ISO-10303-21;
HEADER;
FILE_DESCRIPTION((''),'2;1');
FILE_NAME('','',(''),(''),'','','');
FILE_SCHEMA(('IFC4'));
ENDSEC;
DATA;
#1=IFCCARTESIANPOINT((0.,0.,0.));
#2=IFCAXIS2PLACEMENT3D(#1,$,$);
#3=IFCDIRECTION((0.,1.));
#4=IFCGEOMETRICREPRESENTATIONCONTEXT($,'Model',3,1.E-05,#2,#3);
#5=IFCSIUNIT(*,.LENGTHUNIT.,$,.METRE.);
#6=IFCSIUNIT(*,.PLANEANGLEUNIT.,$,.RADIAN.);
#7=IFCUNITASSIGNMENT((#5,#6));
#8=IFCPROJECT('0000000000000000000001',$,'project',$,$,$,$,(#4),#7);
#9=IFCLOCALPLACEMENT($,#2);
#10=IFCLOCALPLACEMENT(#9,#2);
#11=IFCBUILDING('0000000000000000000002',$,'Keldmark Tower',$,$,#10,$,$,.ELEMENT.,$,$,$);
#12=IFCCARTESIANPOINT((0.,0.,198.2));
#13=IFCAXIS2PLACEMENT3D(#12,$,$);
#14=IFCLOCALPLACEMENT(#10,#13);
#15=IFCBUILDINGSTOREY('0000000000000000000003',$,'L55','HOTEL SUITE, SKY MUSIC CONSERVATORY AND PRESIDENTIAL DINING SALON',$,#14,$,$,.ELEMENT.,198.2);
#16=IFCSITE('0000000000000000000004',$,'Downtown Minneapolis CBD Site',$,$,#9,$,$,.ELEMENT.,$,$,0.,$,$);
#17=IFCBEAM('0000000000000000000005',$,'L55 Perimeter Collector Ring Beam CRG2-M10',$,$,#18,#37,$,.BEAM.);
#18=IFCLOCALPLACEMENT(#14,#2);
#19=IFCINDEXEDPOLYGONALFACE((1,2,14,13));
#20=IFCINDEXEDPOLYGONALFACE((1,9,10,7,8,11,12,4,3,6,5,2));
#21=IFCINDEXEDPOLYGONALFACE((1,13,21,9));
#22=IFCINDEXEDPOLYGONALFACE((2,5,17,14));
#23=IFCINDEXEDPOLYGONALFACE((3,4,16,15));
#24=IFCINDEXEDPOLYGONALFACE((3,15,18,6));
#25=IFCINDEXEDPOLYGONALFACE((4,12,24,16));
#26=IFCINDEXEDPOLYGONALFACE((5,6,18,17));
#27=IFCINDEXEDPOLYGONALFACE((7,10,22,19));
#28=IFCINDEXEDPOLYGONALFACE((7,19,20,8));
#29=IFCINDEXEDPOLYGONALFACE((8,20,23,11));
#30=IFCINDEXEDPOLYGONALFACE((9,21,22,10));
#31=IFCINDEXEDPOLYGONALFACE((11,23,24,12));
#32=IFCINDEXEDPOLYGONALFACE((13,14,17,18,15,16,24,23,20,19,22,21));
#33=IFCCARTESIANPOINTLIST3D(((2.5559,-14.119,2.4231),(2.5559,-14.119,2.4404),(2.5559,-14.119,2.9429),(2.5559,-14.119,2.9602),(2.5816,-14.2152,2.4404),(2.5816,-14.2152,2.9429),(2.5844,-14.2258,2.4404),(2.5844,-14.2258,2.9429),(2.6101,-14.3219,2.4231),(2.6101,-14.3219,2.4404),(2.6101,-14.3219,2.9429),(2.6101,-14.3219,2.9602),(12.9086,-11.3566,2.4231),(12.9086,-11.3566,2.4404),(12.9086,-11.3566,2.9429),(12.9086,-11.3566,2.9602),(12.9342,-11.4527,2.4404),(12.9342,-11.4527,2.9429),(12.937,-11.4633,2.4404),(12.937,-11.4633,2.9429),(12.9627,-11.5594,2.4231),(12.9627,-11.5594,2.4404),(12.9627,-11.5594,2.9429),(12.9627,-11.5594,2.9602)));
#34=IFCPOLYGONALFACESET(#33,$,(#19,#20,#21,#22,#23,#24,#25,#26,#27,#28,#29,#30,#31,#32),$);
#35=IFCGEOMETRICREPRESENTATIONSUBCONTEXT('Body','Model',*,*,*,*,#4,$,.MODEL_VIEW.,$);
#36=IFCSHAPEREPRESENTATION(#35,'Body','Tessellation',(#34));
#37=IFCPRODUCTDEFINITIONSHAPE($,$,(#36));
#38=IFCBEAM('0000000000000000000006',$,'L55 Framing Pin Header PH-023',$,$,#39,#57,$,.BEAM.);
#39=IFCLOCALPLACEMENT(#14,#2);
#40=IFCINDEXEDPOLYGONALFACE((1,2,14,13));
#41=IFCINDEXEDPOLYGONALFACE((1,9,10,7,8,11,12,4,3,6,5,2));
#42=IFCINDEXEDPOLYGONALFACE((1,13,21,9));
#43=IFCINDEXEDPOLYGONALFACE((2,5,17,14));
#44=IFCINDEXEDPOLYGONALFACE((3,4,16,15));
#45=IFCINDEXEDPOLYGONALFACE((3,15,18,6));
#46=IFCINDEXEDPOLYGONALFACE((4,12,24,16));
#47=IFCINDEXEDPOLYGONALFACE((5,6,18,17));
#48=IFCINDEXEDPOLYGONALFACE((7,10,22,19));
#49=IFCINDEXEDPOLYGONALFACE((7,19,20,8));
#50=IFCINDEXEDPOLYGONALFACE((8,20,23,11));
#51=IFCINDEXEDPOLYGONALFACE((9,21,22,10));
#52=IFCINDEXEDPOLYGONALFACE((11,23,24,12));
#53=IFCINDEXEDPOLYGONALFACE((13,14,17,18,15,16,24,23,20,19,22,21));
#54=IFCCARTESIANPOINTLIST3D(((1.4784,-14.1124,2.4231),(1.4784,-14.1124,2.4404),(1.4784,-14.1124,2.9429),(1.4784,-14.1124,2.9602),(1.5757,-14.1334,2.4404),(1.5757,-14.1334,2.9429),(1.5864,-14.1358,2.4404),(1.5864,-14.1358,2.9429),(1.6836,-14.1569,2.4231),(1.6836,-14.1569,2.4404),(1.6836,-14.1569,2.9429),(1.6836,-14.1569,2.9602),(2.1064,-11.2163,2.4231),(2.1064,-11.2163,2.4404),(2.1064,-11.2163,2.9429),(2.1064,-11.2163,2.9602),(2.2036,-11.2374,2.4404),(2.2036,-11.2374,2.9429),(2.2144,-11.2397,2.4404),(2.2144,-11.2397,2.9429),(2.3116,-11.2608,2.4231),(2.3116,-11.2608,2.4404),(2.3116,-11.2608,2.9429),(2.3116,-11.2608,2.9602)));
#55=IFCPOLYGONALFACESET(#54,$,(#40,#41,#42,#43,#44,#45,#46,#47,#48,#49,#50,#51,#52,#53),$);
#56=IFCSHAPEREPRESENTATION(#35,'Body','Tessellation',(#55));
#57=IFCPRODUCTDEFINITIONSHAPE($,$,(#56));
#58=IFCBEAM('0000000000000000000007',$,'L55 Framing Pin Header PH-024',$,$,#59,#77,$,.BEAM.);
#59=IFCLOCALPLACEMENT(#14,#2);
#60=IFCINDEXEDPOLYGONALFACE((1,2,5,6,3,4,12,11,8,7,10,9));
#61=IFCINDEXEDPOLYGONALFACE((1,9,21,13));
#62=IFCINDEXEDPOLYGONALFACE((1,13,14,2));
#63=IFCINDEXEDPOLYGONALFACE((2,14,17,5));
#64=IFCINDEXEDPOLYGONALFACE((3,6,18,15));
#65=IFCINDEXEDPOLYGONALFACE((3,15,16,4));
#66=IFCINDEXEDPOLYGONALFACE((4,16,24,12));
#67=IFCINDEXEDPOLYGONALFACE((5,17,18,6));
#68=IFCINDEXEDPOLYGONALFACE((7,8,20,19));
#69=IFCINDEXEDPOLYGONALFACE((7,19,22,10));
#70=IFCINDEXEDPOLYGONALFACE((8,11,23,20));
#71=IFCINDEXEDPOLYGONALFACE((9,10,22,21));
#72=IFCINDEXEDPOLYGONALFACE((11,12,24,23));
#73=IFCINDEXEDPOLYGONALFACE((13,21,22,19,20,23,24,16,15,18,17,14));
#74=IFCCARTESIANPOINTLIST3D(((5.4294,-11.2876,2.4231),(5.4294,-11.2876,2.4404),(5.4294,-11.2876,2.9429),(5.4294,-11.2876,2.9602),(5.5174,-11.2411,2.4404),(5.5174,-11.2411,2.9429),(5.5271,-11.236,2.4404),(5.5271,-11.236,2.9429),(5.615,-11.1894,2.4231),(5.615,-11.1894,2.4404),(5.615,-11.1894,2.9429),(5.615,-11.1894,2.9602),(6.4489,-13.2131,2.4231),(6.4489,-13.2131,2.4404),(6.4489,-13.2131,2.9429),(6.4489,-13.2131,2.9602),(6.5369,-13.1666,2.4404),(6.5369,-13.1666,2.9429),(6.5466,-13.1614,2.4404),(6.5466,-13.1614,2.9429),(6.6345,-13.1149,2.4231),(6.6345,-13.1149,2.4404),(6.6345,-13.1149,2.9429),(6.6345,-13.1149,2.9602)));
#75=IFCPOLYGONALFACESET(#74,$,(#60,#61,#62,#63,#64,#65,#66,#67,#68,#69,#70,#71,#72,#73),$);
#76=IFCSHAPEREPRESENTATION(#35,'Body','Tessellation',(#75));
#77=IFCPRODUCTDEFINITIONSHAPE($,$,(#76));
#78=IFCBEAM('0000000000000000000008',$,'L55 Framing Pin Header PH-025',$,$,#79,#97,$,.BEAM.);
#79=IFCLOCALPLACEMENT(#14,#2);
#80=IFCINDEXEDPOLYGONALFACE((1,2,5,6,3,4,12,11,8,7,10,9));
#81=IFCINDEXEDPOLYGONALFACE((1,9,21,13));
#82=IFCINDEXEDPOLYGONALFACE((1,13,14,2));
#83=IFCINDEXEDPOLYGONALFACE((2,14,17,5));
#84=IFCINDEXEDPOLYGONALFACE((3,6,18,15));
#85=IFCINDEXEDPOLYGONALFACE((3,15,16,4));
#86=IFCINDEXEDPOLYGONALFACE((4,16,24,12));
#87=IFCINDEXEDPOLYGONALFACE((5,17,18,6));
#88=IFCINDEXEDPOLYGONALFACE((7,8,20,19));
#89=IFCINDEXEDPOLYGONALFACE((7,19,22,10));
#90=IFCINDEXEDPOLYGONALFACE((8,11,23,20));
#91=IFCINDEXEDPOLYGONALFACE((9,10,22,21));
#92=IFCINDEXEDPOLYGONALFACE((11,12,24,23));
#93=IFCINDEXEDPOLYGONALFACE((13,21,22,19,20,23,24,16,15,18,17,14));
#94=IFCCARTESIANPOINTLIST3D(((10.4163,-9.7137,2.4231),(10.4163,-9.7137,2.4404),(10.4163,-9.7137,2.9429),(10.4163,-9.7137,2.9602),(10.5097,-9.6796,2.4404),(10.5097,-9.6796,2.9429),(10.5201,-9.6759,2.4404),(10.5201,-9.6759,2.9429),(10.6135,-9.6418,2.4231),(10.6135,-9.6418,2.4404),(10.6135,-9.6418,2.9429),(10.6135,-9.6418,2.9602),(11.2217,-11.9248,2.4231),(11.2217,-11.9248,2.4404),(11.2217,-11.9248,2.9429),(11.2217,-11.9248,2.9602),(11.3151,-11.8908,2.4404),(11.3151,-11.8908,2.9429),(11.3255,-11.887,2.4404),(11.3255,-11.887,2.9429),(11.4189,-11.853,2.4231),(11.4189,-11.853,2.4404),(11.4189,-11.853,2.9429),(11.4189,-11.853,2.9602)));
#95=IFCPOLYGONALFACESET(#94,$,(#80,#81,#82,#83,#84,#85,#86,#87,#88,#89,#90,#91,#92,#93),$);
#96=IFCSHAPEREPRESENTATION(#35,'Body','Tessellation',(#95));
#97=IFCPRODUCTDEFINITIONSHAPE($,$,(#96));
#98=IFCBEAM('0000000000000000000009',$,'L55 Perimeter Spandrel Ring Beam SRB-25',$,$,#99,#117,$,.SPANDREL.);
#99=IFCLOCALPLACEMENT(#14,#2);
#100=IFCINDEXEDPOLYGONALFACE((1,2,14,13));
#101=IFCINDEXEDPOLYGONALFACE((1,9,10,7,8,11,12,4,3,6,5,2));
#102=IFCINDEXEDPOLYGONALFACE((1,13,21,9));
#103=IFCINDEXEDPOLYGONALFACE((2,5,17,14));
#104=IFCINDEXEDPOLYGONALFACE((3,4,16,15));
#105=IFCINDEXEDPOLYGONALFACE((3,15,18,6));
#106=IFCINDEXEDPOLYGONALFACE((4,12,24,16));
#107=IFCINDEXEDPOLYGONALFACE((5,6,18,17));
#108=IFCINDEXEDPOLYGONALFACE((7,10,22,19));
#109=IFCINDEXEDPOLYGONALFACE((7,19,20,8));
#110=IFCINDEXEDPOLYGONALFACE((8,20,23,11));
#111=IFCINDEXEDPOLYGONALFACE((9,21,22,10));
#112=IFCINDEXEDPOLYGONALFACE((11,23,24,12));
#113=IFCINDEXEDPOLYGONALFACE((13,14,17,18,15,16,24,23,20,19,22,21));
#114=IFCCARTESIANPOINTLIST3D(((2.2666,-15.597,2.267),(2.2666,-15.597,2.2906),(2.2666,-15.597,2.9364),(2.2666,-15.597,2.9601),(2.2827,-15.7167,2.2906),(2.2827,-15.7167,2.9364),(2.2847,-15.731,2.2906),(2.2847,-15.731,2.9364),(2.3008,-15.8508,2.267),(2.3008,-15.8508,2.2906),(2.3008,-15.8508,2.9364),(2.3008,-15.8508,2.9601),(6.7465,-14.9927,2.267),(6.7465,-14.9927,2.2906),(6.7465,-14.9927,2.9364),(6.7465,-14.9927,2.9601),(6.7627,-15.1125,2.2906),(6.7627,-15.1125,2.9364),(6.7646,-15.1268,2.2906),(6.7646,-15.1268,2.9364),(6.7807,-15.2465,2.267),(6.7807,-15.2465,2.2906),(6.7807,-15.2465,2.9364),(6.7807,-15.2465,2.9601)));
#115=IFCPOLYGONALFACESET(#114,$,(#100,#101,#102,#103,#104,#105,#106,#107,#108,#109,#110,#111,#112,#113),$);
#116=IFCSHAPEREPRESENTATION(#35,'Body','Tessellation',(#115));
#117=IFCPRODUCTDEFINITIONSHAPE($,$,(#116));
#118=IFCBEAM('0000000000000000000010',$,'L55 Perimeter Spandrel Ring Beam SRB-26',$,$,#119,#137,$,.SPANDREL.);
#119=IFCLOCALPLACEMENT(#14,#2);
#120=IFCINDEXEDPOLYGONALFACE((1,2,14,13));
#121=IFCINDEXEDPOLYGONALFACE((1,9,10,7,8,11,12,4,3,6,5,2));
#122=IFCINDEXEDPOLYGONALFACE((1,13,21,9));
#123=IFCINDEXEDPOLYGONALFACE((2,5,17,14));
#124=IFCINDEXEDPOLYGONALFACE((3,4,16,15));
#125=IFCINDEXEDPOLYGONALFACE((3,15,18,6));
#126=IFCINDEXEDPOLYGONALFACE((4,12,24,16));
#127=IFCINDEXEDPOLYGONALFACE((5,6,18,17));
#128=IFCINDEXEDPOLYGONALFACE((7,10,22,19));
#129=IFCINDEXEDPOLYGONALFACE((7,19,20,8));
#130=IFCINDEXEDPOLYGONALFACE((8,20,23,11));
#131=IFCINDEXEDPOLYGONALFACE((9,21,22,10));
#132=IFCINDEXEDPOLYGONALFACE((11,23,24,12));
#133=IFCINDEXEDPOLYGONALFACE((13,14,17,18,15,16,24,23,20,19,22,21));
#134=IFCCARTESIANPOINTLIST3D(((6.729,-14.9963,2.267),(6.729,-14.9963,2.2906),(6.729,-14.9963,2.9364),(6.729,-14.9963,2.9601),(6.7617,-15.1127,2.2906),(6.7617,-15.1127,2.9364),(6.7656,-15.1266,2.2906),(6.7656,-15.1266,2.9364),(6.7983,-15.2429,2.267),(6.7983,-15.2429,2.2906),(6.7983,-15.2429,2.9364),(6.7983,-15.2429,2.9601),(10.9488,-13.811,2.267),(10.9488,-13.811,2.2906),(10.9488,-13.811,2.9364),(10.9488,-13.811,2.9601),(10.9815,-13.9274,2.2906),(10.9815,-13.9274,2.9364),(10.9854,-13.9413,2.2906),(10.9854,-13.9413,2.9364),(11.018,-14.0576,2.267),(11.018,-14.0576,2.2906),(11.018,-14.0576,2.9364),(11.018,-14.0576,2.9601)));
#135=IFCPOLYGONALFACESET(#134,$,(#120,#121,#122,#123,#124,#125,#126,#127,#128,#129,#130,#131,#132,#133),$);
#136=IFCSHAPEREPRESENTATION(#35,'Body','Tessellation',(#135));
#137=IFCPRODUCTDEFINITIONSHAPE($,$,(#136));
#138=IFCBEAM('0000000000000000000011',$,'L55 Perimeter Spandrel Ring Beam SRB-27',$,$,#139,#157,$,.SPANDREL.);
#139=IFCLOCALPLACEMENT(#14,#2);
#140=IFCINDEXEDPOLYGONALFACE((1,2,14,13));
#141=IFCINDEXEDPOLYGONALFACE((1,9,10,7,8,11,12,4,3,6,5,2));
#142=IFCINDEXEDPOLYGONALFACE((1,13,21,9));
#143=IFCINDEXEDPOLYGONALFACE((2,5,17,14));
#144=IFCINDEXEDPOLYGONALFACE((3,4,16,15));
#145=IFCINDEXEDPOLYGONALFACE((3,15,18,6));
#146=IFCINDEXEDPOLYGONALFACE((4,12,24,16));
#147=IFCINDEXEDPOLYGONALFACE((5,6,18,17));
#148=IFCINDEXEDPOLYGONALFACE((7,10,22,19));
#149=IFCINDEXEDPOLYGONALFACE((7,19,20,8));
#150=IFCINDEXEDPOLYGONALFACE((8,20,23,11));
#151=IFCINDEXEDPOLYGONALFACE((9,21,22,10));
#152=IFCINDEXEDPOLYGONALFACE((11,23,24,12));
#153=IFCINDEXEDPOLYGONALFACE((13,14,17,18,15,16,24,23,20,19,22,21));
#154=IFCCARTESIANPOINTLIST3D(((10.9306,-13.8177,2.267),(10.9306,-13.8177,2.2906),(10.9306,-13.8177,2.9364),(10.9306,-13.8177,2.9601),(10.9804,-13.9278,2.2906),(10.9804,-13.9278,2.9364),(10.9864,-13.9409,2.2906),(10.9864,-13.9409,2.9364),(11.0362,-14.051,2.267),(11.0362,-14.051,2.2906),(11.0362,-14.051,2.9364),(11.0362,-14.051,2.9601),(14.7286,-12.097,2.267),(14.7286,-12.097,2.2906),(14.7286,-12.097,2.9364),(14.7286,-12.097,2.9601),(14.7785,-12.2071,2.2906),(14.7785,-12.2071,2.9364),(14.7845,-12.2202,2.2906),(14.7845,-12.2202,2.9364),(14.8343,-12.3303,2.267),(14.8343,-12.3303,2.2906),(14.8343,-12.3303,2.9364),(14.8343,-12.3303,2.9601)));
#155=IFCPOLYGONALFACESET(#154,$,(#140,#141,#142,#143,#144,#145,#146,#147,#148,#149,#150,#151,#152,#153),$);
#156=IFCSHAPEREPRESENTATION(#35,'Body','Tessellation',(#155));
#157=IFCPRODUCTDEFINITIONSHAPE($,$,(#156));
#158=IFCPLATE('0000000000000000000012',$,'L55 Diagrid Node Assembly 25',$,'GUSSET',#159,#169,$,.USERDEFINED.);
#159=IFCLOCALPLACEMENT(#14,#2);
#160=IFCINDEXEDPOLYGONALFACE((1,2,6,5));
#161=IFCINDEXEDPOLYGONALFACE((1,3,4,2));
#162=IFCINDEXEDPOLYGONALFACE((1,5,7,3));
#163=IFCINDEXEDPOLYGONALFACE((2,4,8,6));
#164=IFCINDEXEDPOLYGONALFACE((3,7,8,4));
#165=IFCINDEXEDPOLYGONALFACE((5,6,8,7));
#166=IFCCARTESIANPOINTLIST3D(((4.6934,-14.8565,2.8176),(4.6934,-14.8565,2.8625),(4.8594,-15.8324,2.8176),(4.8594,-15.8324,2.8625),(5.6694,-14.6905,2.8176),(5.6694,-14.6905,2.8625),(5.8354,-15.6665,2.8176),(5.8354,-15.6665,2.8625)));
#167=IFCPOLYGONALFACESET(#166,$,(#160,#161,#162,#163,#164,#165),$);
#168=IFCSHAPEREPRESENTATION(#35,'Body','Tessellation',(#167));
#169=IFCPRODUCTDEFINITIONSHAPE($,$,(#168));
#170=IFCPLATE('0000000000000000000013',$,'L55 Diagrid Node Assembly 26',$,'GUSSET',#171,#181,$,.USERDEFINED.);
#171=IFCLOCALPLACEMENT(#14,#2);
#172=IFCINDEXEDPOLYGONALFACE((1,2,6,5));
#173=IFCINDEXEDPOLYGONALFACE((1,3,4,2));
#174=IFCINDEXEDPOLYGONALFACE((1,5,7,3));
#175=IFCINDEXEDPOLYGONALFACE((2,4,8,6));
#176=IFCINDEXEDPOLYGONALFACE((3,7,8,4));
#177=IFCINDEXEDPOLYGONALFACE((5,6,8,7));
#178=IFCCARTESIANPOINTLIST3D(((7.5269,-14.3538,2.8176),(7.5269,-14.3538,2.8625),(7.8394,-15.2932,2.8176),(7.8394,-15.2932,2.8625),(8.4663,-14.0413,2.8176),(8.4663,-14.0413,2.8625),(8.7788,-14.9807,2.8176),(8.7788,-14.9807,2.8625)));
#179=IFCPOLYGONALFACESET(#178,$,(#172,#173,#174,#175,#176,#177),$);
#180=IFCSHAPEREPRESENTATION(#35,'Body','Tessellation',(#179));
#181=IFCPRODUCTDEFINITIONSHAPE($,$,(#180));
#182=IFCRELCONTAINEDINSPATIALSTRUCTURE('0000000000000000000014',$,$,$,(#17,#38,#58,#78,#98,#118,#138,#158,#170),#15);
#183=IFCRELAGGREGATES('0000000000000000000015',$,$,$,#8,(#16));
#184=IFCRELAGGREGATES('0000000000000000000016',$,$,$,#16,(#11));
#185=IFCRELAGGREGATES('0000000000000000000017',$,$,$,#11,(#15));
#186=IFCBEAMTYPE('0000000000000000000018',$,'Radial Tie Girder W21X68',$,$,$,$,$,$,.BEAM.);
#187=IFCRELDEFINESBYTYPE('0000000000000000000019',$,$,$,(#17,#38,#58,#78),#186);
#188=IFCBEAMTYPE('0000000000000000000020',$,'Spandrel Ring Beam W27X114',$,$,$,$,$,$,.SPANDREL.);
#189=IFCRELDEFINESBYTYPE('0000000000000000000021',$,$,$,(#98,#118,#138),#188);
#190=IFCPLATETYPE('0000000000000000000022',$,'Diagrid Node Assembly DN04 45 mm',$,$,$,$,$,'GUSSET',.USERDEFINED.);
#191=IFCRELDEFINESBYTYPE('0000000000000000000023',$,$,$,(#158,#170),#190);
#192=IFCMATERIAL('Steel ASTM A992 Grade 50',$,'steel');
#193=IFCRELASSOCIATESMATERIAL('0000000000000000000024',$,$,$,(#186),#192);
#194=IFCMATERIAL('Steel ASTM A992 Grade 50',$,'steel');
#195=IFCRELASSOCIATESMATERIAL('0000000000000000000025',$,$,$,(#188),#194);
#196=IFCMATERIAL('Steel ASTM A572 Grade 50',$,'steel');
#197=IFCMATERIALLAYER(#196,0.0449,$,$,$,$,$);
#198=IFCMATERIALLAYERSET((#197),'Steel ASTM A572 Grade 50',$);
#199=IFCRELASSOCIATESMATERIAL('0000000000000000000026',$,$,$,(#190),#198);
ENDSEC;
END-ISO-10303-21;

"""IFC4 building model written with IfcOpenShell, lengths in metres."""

from ifc_helpers import new_model, si_unit, direction, frame, origin, origin_2d, place, context, subcontext, project, spatial, rectangle, i_section, extrude, material, layer, layer_set, material_profile, profile_set, type_object, element, save


model = new_model("IFC4")

# Units and contexts
model_context = context("Model", 3, precision=1e-05, world=origin(), true_north=direction((0.0, 1.0)))
body_context = subcontext(model_context, "Body", "Model", "MODEL_VIEW")
ifc_project = project(units=[si_unit("LENGTHUNIT", "METRE"), si_unit("PLANEANGLEUNIT", "RADIAN")], contexts=[model_context])

# Site, building, storey
site_placement = place(None, origin())
site = spatial("IfcSite", under=ifc_project, at=site_placement, Name="Downtown Minneapolis CBD Site", CompositionType="ELEMENT", RefElevation=0.0)
building_placement = place(site_placement, origin())
building = spatial("IfcBuilding", under=site, at=building_placement, Name="Keldmark Tower", CompositionType="ELEMENT")
storey_placement = place(building_placement, frame((0.0, 0.0, 198.2)))
storey = spatial("IfcBuildingStorey", under=building, at=storey_placement, Name="L55", Description="HOTEL SUITE, SKY MUSIC CONSERVATORY AND PRESIDENTIAL DINING SALON", CompositionType="ELEMENT", Elevation=198.2)

# Beams
ifc_material_1 = material(Name="Steel ASTM A992 Grade 50", Category="steel")
ifc_material_profile_1 = material_profile(ifc_material_1, i_section(OverallWidth=0.21, OverallDepth=0.5371, WebThickness=0.011, FlangeThickness=0.0173, at=origin_2d()), Name="W21X68")
ifc_profile_set_1 = profile_set([ifc_material_profile_1], Name="Steel ASTM A992 Grade 50")
beam_type_1 = type_object("IfcBeamType", Name="Radial Tie Girder W21X68", PredefinedType="BEAM", material=ifc_profile_set_1)
beam_1_placement = place(storey_placement, frame((2.583, -14.2205, 2.6917), z_axis=(0.966194, 0.257817, 0.0), x_axis=(-0.257817, 0.966194, 0.0)))
element("IfcBeam", 1, at=beam_1_placement, inside=storey, type_object=beam_type_1, Name="L55 Perimeter Collector Ring Beam CRG2-M10", PredefinedType="BEAM", context=body_context, shape_type="SweptSolid", body=[
    extrude(i_section(OverallWidth=0.21, OverallDepth=0.5371, WebThickness=0.011, FlangeThickness=0.0173, at=origin_2d()), origin(), (0.0, 0.0, 1.0), 10.7148),
])
beam_2_placement = place(storey_placement, frame((2.209, -11.2385, 2.6917), z_axis=(-0.211903, -0.977291, 0.0), x_axis=(0.977291, -0.211903, 0.0)))
element("IfcBeam", 2, at=beam_2_placement, inside=storey, type_object=beam_type_1, Name="L55 Framing Pin Header PH-023", PredefinedType="BEAM", context=body_context, shape_type="SweptSolid", body=[
    extrude(i_section(OverallWidth=0.21, OverallDepth=0.5371, WebThickness=0.011, FlangeThickness=0.0173, at=origin_2d()), origin(), (0.0, 0.0, 1.0), 2.9634),
])
beam_3_placement = place(storey_placement, frame((5.5222, -11.2385, 2.6917), z_axis=(0.467934, -0.883763, 0.0), x_axis=(0.883763, 0.467934, 0.0)))
element("IfcBeam", 3, at=beam_3_placement, inside=storey, type_object=beam_type_1, Name="L55 Framing Pin Header PH-024", PredefinedType="BEAM", context=body_context, shape_type="SweptSolid", body=[
    extrude(i_section(OverallWidth=0.21, OverallDepth=0.5371, WebThickness=0.011, FlangeThickness=0.0173, at=origin_2d()), origin(), (0.0, 0.0, 1.0), 2.1787),
])
beam_4_placement = place(storey_placement, frame((10.5149, -9.6777, 2.6917), z_axis=(0.342251, -0.939609, 0.0), x_axis=(0.939609, 0.342251, 0.0)))
element("IfcBeam", 4, at=beam_4_placement, inside=storey, type_object=beam_type_1, Name="L55 Framing Pin Header PH-025", PredefinedType="BEAM", context=body_context, shape_type="SweptSolid", body=[
    extrude(i_section(OverallWidth=0.21, OverallDepth=0.5371, WebThickness=0.011, FlangeThickness=0.0173, at=origin_2d()), origin(), (0.0, 0.0, 1.0), 2.3533),
])
ifc_material_2 = material(Name="Steel ASTM A992 Grade 50", Category="steel")
ifc_material_profile_2 = material_profile(ifc_material_2, i_section(OverallWidth=0.2561, OverallDepth=0.6931, WebThickness=0.0144, FlangeThickness=0.0237, at=origin_2d()), Name="W27X114")
ifc_profile_set_2 = profile_set([ifc_material_profile_2], Name="Steel ASTM A992 Grade 50")
beam_type_2 = type_object("IfcBeamType", Name="Spandrel Ring Beam W27X114", PredefinedType="SPANDREL", material=ifc_profile_set_2)
beam_5_placement = place(storey_placement, frame((2.2837, -15.7239, 2.6135), z_axis=(0.991026, 0.133667, 0.0), x_axis=(-0.133667, 0.991026, 0.0)))
element("IfcBeam", 5, at=beam_5_placement, inside=storey, type_object=beam_type_2, Name="L55 Perimeter Spandrel Ring Beam SRB-25", PredefinedType="SPANDREL", context=body_context, shape_type="SweptSolid", body=[
    extrude(i_section(OverallWidth=0.2561, OverallDepth=0.6931, WebThickness=0.0144, FlangeThickness=0.0237, at=origin_2d()), origin(), (0.0, 0.0, 1.0), 4.5205),
])
beam_6_placement = place(storey_placement, frame((6.7637, -15.1196, 2.6135), z_axis=(0.96274, 0.270429, 0.0), x_axis=(-0.270429, 0.96274, 0.0)))
element("IfcBeam", 6, at=beam_6_placement, inside=storey, type_object=beam_type_2, Name="L55 Perimeter Spandrel Ring Beam SRB-26", PredefinedType="SPANDREL", context=body_context, shape_type="SweptSolid", body=[
    extrude(i_section(OverallWidth=0.2561, OverallDepth=0.6931, WebThickness=0.0144, FlangeThickness=0.0237, at=origin_2d()), origin(), (0.0, 0.0, 1.0), 4.3831),
])
beam_7_placement = place(storey_placement, frame((10.9834, -13.9343, 2.6135), z_axis=(0.910881, 0.412669, 0.0), x_axis=(-0.412669, 0.910881, 0.0)))
element("IfcBeam", 7, at=beam_7_placement, inside=storey, type_object=beam_type_2, Name="L55 Perimeter Spandrel Ring Beam SRB-27", PredefinedType="SPANDREL", context=body_context, shape_type="SweptSolid", body=[
    extrude(i_section(OverallWidth=0.2561, OverallDepth=0.6931, WebThickness=0.0144, FlangeThickness=0.0237, at=origin_2d()), origin(), (0.0, 0.0, 1.0), 4.1697),
])

# Plates
ifc_material_3 = material(Name="Steel ASTM A572 Grade 50", Category="steel")
ifc_layer_1 = layer(ifc_material_3, 0.0449)
ifc_layer_set_1 = layer_set([ifc_layer_1], Name="Steel ASTM A572 Grade 50")
plate_type = type_object("IfcPlateType", Name="Diagrid Node Assembly DN04 45 mm", ElementType="GUSSET", PredefinedType="USERDEFINED", material=ifc_layer_set_1)
for number, where, z_axis, x_axis, name in (
    (8, (5.2644, -15.2615, 2.8176), (0.0, 0.0, 1.0), (0.98585, 0.167629, 0.0), "L55 Diagrid Node Assembly 25"),
    (9, (8.1528, -14.6672, 2.8176), (0.0, 0.0, 1.0), (0.948876, 0.315649, 0.0), "L55 Diagrid Node Assembly 26"),
):
    element("IfcPlate", number, at=place(storey_placement, frame(where, z_axis=z_axis, x_axis=x_axis)), inside=storey, type_object=plate_type, Name=name, ObjectType="GUSSET", PredefinedType="USERDEFINED", context=body_context, shape_type="SweptSolid", body=[
        extrude(rectangle(XDim=0.99, YDim=0.99, at=origin_2d()), origin(), (0.0, 0.0, 1.0), 0.0449),
    ])

save(model, "model.ifc")
